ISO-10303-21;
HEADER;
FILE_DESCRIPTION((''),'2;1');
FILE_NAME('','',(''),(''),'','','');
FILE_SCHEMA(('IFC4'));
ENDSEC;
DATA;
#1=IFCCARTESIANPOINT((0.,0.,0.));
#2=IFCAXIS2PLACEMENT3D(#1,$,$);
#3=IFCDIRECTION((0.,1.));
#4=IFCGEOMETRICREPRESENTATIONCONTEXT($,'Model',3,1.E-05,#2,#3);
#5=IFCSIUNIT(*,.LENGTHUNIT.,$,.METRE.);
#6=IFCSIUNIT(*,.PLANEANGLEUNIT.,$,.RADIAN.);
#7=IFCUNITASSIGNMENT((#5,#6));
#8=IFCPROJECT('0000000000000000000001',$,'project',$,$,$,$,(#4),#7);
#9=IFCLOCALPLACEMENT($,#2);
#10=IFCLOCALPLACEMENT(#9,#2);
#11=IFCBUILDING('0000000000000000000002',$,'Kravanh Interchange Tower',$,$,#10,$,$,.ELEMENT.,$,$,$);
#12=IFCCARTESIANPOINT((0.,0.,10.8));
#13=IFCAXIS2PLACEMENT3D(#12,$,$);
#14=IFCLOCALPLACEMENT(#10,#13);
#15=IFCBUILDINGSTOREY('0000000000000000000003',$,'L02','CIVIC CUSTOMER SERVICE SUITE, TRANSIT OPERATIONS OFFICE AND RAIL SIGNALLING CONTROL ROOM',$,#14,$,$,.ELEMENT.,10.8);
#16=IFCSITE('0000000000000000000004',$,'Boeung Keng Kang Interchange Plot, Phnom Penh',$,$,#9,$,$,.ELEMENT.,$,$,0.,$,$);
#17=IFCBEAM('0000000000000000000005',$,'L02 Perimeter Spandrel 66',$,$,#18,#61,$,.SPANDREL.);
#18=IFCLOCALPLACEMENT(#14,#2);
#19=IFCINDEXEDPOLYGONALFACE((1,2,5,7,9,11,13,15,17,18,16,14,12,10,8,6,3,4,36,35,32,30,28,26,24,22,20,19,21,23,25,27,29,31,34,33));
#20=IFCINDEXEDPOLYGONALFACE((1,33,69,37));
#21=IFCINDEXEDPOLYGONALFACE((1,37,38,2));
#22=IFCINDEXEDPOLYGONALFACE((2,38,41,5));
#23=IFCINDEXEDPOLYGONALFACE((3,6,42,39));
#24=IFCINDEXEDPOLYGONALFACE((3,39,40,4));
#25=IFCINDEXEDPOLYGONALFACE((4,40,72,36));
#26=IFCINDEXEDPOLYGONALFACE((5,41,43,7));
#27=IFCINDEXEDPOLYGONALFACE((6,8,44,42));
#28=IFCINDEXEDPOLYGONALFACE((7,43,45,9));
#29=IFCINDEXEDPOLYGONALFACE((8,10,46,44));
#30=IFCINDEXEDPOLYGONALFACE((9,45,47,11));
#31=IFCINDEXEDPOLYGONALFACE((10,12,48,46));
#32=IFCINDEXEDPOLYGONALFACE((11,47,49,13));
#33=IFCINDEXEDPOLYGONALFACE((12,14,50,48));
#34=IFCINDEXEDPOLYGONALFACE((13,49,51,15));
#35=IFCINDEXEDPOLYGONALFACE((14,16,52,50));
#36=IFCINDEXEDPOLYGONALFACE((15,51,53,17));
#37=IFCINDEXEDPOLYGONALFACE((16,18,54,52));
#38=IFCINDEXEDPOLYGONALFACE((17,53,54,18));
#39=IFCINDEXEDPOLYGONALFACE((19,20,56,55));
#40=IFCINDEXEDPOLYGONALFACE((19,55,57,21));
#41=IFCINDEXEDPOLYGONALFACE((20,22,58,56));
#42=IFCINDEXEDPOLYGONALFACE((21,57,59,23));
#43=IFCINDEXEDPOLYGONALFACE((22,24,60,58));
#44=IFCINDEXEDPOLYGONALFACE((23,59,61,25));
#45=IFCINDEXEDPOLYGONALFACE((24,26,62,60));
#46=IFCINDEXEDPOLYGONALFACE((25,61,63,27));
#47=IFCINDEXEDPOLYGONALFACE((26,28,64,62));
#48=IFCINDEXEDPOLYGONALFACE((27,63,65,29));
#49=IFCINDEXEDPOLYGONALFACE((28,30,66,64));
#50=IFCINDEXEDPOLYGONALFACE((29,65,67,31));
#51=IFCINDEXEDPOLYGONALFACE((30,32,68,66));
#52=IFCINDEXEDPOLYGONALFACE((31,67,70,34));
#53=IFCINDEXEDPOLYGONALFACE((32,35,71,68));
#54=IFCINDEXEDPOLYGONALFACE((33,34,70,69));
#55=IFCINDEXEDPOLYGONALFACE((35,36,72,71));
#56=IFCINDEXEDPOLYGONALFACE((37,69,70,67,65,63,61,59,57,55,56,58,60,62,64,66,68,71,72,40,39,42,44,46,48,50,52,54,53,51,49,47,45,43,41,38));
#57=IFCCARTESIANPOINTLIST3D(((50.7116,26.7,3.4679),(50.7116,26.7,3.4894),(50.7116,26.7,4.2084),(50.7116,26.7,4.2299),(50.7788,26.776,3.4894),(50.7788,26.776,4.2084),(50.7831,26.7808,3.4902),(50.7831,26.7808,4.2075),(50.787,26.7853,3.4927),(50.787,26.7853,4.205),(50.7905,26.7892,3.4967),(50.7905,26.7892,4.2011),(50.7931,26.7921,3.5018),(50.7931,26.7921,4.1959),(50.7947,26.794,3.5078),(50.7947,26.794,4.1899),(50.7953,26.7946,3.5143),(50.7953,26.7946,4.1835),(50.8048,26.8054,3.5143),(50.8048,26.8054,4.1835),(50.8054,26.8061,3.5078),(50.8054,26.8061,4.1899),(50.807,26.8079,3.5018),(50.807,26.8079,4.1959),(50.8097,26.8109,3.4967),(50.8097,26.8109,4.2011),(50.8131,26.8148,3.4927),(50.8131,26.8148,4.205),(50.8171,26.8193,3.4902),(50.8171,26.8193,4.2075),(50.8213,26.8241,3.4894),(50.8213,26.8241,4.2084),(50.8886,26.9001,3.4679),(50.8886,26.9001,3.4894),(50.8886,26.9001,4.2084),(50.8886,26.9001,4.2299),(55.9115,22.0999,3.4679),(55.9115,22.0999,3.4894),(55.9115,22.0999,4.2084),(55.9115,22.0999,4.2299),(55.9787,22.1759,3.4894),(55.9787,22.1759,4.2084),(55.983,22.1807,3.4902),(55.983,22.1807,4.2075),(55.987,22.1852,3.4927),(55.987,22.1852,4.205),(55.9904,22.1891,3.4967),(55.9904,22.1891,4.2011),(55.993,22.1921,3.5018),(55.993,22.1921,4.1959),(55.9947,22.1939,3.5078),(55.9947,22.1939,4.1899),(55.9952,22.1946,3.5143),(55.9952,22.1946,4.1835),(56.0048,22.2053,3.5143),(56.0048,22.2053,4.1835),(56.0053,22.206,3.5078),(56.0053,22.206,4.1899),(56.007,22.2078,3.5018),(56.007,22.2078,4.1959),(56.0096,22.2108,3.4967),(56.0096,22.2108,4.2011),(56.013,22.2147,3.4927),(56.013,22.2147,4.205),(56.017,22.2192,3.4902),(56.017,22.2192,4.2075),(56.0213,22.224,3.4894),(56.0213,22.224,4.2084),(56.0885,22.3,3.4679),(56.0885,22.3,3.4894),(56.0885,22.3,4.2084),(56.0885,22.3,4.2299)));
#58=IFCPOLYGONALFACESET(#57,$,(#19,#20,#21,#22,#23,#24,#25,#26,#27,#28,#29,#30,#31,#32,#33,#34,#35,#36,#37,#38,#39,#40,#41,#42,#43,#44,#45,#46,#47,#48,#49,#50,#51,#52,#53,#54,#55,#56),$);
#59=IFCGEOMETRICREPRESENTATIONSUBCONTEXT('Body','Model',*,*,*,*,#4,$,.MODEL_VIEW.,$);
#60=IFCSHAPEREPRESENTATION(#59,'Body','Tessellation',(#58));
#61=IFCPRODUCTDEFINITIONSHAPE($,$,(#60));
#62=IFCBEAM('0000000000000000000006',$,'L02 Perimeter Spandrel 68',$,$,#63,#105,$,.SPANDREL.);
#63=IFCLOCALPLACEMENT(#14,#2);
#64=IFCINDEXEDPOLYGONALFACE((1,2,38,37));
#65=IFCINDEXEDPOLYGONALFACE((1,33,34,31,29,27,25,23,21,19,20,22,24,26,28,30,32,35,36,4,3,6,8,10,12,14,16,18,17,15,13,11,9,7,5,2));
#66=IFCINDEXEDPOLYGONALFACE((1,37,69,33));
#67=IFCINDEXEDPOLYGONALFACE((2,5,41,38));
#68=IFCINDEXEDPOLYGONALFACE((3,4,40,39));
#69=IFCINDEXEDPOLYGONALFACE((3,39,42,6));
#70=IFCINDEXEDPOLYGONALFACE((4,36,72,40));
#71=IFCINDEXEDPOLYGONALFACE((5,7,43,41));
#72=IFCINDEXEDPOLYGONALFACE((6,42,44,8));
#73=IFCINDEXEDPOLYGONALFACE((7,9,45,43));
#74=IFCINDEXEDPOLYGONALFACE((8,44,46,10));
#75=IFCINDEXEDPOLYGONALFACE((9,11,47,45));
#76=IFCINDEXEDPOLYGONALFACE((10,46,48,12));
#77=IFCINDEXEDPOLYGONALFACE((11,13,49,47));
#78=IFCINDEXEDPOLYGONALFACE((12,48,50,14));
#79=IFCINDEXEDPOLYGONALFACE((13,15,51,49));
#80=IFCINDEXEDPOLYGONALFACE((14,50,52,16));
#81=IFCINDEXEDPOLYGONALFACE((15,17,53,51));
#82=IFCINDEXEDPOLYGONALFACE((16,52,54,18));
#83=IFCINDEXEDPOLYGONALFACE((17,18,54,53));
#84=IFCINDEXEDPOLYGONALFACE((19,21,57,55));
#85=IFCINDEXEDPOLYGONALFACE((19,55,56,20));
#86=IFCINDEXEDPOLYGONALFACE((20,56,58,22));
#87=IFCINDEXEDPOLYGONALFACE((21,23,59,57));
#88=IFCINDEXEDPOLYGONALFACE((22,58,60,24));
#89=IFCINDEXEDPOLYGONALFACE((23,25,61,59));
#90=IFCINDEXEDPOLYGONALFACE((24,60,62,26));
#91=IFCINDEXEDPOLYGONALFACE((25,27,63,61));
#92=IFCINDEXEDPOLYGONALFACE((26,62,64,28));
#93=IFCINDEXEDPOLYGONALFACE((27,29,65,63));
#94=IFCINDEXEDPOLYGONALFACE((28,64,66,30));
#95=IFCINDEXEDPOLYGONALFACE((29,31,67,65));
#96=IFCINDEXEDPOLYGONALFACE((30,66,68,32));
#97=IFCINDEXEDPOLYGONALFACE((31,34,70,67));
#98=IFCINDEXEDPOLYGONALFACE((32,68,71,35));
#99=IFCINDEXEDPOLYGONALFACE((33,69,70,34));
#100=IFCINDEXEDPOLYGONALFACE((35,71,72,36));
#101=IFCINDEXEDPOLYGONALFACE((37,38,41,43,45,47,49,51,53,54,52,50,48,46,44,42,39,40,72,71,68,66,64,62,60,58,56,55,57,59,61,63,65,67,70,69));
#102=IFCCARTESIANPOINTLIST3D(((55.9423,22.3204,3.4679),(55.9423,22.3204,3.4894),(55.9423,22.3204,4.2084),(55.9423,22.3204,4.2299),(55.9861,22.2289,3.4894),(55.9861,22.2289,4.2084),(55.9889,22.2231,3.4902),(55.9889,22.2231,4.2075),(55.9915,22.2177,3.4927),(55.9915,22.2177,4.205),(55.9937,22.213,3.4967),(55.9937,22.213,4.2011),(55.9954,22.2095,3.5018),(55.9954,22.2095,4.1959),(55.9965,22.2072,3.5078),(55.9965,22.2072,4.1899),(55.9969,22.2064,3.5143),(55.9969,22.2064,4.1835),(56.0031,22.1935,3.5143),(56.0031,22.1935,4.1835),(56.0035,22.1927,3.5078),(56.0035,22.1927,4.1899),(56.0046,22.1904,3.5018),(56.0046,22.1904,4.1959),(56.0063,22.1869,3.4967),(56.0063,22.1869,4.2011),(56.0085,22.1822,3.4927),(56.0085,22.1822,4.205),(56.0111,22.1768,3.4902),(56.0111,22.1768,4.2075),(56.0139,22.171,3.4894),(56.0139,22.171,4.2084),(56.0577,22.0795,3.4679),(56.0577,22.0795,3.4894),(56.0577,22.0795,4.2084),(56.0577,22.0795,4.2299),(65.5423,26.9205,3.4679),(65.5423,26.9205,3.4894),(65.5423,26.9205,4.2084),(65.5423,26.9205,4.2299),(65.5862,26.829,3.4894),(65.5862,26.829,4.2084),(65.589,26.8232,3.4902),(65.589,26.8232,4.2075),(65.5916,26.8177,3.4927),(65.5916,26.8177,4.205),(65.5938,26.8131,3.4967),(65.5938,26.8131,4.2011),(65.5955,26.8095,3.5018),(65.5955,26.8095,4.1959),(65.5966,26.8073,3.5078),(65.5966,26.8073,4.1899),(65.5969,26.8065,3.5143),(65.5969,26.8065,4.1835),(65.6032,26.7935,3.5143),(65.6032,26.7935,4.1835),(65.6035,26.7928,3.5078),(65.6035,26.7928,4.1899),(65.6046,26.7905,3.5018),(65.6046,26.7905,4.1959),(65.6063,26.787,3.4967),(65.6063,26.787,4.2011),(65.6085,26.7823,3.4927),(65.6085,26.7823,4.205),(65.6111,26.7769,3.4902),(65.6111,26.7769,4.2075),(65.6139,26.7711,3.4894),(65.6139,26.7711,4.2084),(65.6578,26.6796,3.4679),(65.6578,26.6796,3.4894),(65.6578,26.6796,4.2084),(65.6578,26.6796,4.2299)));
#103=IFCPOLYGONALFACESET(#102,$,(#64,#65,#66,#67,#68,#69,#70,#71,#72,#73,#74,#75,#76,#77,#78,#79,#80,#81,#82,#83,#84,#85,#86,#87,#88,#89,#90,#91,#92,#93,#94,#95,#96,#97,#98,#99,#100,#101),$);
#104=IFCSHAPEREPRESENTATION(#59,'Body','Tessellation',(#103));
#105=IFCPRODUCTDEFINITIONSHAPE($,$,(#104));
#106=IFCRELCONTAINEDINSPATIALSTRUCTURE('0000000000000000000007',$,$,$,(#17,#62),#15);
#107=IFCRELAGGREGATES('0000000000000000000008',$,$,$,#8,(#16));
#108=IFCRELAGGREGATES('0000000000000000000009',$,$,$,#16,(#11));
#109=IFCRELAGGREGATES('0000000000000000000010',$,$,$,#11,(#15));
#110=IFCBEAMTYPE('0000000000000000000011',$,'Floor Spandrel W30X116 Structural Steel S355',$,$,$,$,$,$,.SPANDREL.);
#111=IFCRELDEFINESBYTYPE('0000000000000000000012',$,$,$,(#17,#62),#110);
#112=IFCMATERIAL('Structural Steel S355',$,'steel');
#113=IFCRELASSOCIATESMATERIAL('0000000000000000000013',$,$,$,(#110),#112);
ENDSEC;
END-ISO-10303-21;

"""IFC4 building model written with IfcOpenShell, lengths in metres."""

from ifc_helpers import new_model, si_unit, direction, frame, origin, origin_2d, place, context, subcontext, project, spatial, i_section, extrude, material, material_profile, profile_set, type_object, element, save


model = new_model("IFC4")

# Units and contexts
model_context = context("Model", 3, precision=1e-05, world=origin(), true_north=direction((0.0, 1.0)))
body_context = subcontext(model_context, "Body", "Model", "MODEL_VIEW")
ifc_project = project(units=[si_unit("LENGTHUNIT", "METRE"), si_unit("PLANEANGLEUNIT", "RADIAN")], contexts=[model_context])

# Site, building, storey
site_placement = place(None, origin())
site = spatial("IfcSite", under=ifc_project, at=site_placement, Name="Boeung Keng Kang Interchange Plot, Phnom Penh", CompositionType="ELEMENT", RefElevation=0.0)
building_placement = place(site_placement, origin())
building = spatial("IfcBuilding", under=site, at=building_placement, Name="Kravanh Interchange Tower", CompositionType="ELEMENT")
storey_placement = place(building_placement, frame((0.0, 0.0, 10.8)))
storey = spatial("IfcBuildingStorey", under=building, at=storey_placement, Name="L02", Description="CIVIC CUSTOMER SERVICE SUITE, TRANSIT OPERATIONS OFFICE AND RAIL SIGNALLING CONTROL ROOM", CompositionType="ELEMENT", Elevation=10.8)

# Beams
ifc_material_1 = material(Name="Structural Steel S355", Category="steel")
ifc_material_profile_1 = material_profile(ifc_material_1, i_section(OverallWidth=0.2671, OverallDepth=0.762, WebThickness=0.0144, FlangeThickness=0.0215, FilletRadius=0.0249, at=origin_2d()), Name="W30X116")
ifc_profile_set_1 = profile_set([ifc_material_profile_1], Name="Structural Steel S355")
beam_type_1 = type_object("IfcBeamType", Name="Floor Spandrel W30X116 Structural Steel S355", PredefinedType="SPANDREL", material=ifc_profile_set_1)
beam_1_placement = place(storey_placement, frame((56.0, 22.2, 3.8489), z_axis=(-0.748986, 0.662585, 0.0), x_axis=(-0.662585, -0.748986, 0.0)))
element("IfcBeam", 1, at=beam_1_placement, inside=storey, type_object=beam_type_1, Name="L02 Perimeter Spandrel 66", PredefinedType="SPANDREL", context=body_context, shape_type="SweptSolid", body=[
    extrude(i_section(OverallWidth=0.2671, OverallDepth=0.762, WebThickness=0.0144, FlangeThickness=0.0215, FilletRadius=0.0249, at=origin_2d()), origin(), (0.0, 0.0, 1.0), 6.9426),
])
beam_2_placement = place(storey_placement, frame((56.0, 22.2, 3.8489), z_axis=(0.901814, 0.432124, 0.0), x_axis=(-0.432124, 0.901814, 0.0)))
element("IfcBeam", 2, at=beam_2_placement, inside=storey, type_object=beam_type_1, Name="L02 Perimeter Spandrel 68", PredefinedType="SPANDREL", context=body_context, shape_type="SweptSolid", body=[
    extrude(i_section(OverallWidth=0.2671, OverallDepth=0.762, WebThickness=0.0144, FlangeThickness=0.0215, FilletRadius=0.0249, at=origin_2d()), origin(), (0.0, 0.0, 1.0), 10.6453),
])

save(model, "model.ifc")
